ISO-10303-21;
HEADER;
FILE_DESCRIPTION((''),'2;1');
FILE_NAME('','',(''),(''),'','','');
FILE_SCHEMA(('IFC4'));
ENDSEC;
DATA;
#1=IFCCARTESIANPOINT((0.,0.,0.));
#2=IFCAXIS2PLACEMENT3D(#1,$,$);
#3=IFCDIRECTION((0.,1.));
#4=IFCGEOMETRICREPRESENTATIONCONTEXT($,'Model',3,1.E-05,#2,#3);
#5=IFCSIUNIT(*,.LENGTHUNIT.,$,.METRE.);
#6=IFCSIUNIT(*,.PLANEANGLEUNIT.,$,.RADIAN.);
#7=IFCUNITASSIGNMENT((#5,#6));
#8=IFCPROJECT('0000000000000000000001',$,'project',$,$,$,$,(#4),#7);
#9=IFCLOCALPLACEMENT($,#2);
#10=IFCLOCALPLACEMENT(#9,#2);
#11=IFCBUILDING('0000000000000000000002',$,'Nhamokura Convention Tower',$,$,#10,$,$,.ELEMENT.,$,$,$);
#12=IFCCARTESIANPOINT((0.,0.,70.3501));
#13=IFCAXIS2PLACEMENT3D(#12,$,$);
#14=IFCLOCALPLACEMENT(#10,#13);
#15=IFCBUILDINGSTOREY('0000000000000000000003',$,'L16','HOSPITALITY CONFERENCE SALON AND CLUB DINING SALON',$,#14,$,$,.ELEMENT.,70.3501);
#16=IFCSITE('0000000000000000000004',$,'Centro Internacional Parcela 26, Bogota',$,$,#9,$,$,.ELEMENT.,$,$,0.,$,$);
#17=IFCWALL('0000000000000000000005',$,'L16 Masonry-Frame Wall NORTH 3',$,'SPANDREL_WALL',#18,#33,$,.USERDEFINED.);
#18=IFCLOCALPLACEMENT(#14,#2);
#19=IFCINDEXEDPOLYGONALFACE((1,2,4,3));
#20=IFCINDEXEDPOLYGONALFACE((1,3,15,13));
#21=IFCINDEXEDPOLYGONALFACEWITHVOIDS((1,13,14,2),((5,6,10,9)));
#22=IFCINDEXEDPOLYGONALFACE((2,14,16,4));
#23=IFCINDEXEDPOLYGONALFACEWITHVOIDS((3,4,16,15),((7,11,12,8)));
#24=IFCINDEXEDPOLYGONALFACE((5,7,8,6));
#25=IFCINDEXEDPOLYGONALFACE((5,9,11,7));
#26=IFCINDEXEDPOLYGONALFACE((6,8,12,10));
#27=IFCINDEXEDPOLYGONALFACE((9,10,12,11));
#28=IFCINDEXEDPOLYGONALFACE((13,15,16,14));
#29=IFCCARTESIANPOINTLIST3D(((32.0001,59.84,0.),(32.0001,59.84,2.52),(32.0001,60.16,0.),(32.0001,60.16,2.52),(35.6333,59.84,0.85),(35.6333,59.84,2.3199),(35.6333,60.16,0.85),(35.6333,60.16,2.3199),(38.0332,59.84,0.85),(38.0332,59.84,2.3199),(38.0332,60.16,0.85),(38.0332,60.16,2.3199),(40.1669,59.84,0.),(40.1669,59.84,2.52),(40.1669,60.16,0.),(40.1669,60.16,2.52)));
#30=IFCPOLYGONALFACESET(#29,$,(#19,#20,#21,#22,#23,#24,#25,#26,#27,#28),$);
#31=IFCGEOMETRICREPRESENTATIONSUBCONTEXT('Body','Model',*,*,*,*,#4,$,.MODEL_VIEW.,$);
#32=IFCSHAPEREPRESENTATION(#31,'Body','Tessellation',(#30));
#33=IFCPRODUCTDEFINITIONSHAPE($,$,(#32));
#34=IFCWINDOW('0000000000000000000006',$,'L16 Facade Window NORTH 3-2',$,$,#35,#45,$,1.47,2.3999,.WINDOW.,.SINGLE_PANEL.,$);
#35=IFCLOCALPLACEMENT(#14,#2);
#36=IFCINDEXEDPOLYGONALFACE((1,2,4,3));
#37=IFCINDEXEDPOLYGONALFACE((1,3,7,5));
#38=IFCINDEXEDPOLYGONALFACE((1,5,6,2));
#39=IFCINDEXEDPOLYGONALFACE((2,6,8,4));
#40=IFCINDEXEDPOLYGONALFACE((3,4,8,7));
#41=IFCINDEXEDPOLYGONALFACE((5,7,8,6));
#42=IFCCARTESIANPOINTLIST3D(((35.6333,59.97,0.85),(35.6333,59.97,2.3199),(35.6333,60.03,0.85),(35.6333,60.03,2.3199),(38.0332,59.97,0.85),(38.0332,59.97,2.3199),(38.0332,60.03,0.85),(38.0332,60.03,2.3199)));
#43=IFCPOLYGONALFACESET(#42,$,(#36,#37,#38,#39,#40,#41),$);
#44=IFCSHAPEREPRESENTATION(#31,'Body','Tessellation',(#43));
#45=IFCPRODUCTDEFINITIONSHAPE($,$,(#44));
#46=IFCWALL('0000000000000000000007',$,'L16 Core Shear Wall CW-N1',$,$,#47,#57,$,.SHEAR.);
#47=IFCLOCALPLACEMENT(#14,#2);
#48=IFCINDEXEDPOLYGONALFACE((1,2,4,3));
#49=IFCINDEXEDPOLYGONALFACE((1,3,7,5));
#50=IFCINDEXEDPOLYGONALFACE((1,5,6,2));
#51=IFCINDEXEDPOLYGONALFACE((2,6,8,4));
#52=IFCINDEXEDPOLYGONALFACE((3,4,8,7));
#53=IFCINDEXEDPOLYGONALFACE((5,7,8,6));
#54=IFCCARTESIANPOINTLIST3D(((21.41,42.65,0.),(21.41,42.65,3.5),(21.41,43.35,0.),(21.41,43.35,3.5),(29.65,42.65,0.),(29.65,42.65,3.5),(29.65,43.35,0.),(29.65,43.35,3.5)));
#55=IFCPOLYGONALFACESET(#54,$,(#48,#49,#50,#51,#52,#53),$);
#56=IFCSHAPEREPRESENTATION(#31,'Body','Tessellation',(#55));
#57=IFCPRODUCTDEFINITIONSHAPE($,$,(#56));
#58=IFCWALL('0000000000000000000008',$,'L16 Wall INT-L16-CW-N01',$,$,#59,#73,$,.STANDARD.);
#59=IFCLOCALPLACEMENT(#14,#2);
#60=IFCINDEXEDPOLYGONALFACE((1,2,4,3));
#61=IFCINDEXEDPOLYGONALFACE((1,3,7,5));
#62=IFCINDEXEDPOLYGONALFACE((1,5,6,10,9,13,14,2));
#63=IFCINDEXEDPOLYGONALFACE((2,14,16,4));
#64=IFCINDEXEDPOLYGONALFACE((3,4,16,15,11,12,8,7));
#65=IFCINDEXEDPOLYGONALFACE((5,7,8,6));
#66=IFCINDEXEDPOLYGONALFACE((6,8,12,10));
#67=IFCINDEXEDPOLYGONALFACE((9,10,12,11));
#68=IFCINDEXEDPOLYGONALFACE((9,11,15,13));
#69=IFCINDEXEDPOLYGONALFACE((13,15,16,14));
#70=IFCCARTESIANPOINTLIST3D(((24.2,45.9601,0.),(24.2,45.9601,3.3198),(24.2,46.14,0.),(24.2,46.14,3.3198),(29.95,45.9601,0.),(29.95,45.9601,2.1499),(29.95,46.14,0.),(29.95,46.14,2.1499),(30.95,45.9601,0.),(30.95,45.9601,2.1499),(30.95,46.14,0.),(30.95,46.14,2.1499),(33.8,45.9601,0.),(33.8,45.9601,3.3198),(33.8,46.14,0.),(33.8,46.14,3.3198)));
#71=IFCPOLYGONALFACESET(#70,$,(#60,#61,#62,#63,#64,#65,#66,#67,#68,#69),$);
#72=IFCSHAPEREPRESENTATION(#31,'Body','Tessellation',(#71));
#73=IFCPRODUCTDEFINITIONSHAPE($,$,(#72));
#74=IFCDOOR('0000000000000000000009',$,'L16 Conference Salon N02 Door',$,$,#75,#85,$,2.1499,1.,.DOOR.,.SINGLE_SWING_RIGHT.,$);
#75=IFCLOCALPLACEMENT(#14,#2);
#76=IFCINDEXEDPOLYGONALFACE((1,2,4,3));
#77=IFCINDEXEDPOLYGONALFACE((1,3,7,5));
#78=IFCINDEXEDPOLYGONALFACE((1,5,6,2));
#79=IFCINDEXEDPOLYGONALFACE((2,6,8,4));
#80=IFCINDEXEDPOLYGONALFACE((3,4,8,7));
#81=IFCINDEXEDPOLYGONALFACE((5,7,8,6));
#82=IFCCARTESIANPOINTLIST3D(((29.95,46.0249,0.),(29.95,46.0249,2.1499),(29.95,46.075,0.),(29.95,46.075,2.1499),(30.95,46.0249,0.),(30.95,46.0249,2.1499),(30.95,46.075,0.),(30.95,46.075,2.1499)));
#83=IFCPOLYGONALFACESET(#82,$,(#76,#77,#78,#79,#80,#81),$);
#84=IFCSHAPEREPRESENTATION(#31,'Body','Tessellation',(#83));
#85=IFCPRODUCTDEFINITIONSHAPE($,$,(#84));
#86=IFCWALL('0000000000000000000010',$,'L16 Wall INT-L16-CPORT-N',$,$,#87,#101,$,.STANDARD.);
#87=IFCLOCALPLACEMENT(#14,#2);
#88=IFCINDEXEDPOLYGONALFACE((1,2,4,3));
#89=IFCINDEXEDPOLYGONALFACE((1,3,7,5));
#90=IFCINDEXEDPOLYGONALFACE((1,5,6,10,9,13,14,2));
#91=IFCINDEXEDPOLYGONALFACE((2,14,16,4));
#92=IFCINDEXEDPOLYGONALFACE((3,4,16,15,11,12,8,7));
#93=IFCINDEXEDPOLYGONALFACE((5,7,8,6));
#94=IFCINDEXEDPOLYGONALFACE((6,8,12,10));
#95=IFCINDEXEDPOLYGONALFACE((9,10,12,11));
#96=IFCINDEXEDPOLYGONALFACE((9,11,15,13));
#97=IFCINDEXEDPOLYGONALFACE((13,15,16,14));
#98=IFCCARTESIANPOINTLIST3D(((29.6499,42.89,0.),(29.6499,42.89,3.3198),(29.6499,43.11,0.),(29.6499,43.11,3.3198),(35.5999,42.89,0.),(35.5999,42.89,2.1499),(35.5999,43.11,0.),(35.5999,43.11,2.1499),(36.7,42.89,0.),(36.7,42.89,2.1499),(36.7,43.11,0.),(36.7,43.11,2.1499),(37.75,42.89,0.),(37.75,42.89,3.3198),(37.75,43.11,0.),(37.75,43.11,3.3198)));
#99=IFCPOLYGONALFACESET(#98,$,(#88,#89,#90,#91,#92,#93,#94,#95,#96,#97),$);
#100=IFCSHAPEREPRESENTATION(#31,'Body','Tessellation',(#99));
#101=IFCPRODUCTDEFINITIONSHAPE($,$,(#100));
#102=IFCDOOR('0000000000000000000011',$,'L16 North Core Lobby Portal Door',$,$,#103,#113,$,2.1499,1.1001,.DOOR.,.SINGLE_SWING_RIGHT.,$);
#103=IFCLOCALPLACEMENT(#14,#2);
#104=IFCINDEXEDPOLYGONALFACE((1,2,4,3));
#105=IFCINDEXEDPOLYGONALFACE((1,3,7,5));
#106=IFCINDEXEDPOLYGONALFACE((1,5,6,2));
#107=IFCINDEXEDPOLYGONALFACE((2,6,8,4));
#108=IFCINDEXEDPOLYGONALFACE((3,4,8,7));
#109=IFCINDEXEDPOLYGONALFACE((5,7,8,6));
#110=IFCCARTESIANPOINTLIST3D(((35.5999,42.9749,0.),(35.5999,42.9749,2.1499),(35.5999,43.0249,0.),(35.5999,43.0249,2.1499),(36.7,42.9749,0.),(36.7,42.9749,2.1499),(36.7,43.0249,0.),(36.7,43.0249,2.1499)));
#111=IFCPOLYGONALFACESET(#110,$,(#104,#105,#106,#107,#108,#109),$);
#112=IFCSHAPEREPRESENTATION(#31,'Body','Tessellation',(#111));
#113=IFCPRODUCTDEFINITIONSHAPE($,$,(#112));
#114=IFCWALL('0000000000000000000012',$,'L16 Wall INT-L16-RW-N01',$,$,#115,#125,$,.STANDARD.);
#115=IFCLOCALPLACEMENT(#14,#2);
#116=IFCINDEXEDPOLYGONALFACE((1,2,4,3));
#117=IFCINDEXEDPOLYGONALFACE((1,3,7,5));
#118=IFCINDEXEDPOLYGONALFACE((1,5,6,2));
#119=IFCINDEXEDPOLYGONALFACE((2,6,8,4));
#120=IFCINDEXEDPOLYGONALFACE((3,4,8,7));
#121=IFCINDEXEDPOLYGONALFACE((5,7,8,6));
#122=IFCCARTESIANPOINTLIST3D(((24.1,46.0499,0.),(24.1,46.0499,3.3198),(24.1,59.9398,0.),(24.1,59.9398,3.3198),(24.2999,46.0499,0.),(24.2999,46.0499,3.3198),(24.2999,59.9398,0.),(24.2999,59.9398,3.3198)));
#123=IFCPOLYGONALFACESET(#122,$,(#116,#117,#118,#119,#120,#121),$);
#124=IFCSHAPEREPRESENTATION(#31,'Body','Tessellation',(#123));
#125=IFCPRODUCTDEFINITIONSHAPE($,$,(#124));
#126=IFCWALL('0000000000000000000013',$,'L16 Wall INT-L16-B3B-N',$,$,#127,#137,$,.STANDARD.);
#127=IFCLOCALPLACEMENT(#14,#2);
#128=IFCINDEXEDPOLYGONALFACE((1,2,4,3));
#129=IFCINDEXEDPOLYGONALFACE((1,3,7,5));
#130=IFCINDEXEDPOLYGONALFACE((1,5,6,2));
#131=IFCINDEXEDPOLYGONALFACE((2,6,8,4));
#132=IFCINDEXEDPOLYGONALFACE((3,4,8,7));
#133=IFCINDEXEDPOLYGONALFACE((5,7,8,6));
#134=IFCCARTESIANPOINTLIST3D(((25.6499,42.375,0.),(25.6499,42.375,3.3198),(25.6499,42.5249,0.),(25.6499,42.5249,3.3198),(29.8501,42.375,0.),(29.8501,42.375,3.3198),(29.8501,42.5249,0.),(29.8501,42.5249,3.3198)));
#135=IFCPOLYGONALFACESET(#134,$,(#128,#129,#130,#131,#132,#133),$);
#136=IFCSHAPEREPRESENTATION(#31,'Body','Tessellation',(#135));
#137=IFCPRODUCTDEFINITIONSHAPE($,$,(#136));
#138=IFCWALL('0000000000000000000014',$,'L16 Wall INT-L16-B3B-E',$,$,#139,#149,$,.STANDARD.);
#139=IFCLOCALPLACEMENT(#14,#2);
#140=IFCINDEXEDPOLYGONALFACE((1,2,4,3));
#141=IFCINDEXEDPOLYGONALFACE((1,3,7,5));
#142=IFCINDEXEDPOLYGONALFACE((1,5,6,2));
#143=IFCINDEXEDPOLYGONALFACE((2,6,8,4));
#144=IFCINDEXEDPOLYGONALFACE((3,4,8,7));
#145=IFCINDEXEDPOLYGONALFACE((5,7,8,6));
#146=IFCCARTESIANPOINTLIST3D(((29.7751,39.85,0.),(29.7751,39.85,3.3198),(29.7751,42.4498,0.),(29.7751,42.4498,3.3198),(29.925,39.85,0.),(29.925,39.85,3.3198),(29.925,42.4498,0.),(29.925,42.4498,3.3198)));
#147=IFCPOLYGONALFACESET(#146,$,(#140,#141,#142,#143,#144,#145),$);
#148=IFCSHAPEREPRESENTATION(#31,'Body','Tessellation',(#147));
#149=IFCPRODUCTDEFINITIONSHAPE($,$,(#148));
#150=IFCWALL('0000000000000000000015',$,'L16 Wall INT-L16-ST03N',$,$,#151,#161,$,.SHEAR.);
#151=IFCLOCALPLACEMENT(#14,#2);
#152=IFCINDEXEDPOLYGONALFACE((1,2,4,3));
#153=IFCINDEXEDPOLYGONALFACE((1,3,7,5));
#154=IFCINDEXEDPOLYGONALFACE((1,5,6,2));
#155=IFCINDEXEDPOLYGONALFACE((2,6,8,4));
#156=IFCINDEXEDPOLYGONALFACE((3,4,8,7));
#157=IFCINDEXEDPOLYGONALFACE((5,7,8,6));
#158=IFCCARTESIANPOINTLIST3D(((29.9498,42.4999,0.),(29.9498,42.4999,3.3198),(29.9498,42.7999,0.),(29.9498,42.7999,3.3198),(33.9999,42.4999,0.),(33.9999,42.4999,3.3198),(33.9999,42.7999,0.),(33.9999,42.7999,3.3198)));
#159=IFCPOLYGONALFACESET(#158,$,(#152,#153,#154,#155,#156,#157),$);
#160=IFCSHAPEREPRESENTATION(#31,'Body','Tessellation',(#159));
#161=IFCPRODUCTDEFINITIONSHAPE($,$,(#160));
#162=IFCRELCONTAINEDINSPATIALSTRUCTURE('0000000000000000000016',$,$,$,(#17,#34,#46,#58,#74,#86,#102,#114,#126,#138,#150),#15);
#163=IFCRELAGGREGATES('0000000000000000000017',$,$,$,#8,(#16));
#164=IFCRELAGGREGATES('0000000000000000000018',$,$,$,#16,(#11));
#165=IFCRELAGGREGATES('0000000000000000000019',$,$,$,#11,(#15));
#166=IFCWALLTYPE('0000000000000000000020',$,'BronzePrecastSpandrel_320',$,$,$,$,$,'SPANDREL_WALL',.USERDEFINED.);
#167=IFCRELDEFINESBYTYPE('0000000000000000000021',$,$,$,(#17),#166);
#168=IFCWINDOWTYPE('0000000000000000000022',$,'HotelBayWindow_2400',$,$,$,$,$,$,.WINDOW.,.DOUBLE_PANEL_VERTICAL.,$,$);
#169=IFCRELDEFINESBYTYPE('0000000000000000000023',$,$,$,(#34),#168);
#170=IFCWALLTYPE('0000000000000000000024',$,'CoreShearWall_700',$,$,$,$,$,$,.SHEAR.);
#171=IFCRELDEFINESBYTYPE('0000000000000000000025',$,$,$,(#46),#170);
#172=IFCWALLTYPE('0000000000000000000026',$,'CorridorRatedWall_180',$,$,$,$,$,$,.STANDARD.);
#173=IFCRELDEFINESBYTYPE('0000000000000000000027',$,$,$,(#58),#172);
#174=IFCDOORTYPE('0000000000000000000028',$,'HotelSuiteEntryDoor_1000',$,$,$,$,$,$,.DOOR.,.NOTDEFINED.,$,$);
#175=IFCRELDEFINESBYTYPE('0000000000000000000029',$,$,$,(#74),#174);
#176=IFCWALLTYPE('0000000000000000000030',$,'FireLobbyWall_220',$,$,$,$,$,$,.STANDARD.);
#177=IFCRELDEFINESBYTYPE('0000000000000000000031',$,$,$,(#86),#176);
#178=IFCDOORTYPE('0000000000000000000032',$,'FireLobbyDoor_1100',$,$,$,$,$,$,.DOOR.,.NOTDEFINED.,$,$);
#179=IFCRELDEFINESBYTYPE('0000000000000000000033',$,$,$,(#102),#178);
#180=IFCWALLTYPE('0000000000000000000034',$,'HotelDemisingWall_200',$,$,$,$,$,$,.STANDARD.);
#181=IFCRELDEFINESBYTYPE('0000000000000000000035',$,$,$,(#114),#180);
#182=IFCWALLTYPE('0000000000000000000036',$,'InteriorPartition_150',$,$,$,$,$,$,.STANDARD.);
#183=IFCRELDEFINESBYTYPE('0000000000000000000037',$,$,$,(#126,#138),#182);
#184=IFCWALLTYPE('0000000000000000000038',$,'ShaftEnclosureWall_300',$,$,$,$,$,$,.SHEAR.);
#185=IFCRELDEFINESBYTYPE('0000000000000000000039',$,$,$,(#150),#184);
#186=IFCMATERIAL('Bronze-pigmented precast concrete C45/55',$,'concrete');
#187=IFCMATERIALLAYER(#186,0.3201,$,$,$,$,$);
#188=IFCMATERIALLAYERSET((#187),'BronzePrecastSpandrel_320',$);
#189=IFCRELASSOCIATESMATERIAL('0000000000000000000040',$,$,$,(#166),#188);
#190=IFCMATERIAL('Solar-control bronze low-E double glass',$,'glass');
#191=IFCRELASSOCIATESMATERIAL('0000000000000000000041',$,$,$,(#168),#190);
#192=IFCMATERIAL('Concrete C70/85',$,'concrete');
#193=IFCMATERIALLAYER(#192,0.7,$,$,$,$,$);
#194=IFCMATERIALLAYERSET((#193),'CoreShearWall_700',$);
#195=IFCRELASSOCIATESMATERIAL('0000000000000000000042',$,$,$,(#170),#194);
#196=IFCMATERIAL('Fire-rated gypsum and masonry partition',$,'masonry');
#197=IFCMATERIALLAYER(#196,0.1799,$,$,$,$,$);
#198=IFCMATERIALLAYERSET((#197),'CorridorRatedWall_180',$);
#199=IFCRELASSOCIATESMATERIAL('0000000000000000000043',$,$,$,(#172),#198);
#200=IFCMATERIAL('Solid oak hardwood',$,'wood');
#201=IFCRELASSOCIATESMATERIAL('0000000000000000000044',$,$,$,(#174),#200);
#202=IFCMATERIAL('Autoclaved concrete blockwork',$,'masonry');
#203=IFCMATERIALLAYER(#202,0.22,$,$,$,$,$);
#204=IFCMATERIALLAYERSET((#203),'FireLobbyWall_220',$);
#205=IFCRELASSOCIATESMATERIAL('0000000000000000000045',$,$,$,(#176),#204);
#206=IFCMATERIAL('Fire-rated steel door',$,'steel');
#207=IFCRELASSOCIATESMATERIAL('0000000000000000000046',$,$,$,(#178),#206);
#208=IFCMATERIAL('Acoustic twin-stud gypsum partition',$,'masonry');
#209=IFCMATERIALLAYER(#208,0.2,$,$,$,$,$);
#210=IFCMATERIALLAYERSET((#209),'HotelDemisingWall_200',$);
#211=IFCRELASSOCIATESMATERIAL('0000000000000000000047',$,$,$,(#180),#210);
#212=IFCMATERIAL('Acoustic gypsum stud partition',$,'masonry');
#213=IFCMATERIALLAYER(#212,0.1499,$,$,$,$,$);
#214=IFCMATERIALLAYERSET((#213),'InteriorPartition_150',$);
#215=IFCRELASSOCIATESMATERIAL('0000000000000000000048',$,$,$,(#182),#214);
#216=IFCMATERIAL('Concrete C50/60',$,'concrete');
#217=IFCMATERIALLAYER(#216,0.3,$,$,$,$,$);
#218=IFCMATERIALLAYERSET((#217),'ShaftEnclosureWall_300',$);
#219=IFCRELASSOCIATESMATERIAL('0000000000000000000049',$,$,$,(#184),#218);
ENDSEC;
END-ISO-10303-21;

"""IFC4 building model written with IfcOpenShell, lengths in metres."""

from ifc_helpers import new_model, si_unit, direction, frame, frame_2d, origin, place, context, subcontext, project, spatial, rectangle, extrude, material, layer, layer_set, type_object, element, fill, save


model = new_model("IFC4")

# Units and contexts
model_context = context("Model", 3, precision=1e-05, world=origin(), true_north=direction((0.0, 1.0)))
body_context = subcontext(model_context, "Body", "Model", "MODEL_VIEW")
ifc_project = project(units=[si_unit("LENGTHUNIT", "METRE"), si_unit("PLANEANGLEUNIT", "RADIAN")], contexts=[model_context])

# Site, building, storey
site_placement = place(None, origin())
site = spatial("IfcSite", under=ifc_project, at=site_placement, Name="Centro Internacional Parcela 26, Bogota", CompositionType="ELEMENT", RefElevation=0.0)
building_placement = place(site_placement, origin())
building = spatial("IfcBuilding", under=site, at=building_placement, Name="Nhamokura Convention Tower", CompositionType="ELEMENT")
storey_placement = place(building_placement, frame((0.0, 0.0, 70.3501)))
storey = spatial("IfcBuildingStorey", under=building, at=storey_placement, Name="L16", Description="HOSPITALITY CONFERENCE SALON AND CLUB DINING SALON", CompositionType="ELEMENT", Elevation=70.3501)

# Wall, opening, window
ifc_material_1 = material(Name="Bronze-pigmented precast concrete C45/55", Category="concrete")
ifc_layer_1 = layer(ifc_material_1, 0.3201)
ifc_layer_set_1 = layer_set([ifc_layer_1], Name="BronzePrecastSpandrel_320")
wall_type_1 = type_object("IfcWallType", Name="BronzePrecastSpandrel_320", ElementType="SPANDREL_WALL", PredefinedType="USERDEFINED", material=ifc_layer_set_1)
ifc_material_2 = material(Name="Solar-control bronze low-E double glass", Category="glass")
window_type = type_object("IfcWindowType", Name="HotelBayWindow_2400", PartitioningType="DOUBLE_PANEL_VERTICAL", PredefinedType="WINDOW", material=ifc_material_2)
wall_1_placement = place(storey_placement, frame((32.0, 60.0, 0.0), z_axis=(0.0, 0.0, 1.0), x_axis=(1.0, 0.0, 0.0)))
wall_1 = element("IfcWall", 1, at=wall_1_placement, inside=storey, type_object=wall_type_1, Name="L16 Masonry-Frame Wall NORTH 3", ObjectType="SPANDREL_WALL", PredefinedType="USERDEFINED", context=body_context, shape_type="SweptSolid", body=[
    extrude(rectangle(XDim=8.1667, YDim=0.3201, at=frame_2d((4.0835, 0.0))), origin(), (0.0, 0.0, 1.0), 2.52),
])
opening_1_placement = place(wall_1_placement, frame((3.6333, 0.0, 0.8501)))
opening_1 = element("IfcOpeningElement", 2, at=opening_1_placement, cuts=wall_1, PredefinedType="OPENING", context=body_context, shape_type="SweptSolid", body=[
    extrude(rectangle(XDim=2.3999, YDim=1.47, at=frame_2d((1.2, 0.7349))), frame((0.0, 0.1699, 0.0), z_axis=(0.0, -1.0, 0.0), x_axis=(1.0, 0.0, 0.0)), (0.0, 0.0, 1.0), 0.3401),
])
window_1_placement = place(opening_1_placement, origin())
window_1 = element("IfcWindow", 3, at=window_1_placement, inside=storey, type_object=window_type, Name="L16 Facade Window NORTH 3-2", OverallHeight=1.47, OverallWidth=2.3999, PartitioningType="SINGLE_PANEL", PredefinedType="WINDOW", context=body_context, shape_type="SweptSolid", body=[
    extrude(rectangle(XDim=2.3999, YDim=1.47, at=frame_2d((1.2, 0.7349))), frame((0.0, 0.03, 0.0), z_axis=(0.0, -1.0, 0.0), x_axis=(1.0, 0.0, 0.0)), (0.0, 0.0, 1.0), 0.0601),
])
fill(opening_1, window_1)

# Wall
ifc_material_3 = material(Name="Concrete C70/85", Category="concrete")
ifc_layer_2 = layer(ifc_material_3, 0.7)
ifc_layer_set_2 = layer_set([ifc_layer_2], Name="CoreShearWall_700")
wall_type_2 = type_object("IfcWallType", Name="CoreShearWall_700", PredefinedType="SHEAR", material=ifc_layer_set_2)
wall_2_placement = place(storey_placement, frame((21.4099, 43.0, 0.0), z_axis=(0.0, 0.0, 1.0), x_axis=(1.0, 0.0, 0.0)))
element("IfcWall", 4, at=wall_2_placement, inside=storey, type_object=wall_type_2, Name="L16 Core Shear Wall CW-N1", PredefinedType="SHEAR", context=body_context, shape_type="SweptSolid", body=[
    extrude(rectangle(XDim=8.24, YDim=0.7, at=frame_2d((4.1201, 0.0))), origin(), (0.0, 0.0, 1.0), 3.5),
])

# Walls, openings, doors
ifc_material_4 = material(Name="Fire-rated gypsum and masonry partition", Category="masonry")
ifc_layer_3 = layer(ifc_material_4, 0.1799)
ifc_layer_set_3 = layer_set([ifc_layer_3], Name="CorridorRatedWall_180")
wall_type_3 = type_object("IfcWallType", Name="CorridorRatedWall_180", PredefinedType="STANDARD", material=ifc_layer_set_3)
wall_3_placement = place(storey_placement, frame((24.2, 46.05, 0.0), z_axis=(0.0, 0.0, 1.0), x_axis=(1.0, 0.0, 0.0)))
wall_3 = element("IfcWall", 5, at=wall_3_placement, inside=storey, type_object=wall_type_3, Name="L16 Wall INT-L16-CW-N01", PredefinedType="STANDARD", context=body_context, shape_type="SweptSolid", body=[
    extrude(rectangle(XDim=9.6001, YDim=0.1799, at=frame_2d((4.8, 0.0))), origin(), (0.0, 0.0, 1.0), 3.3198),
])
opening_2_placement = place(wall_3_placement, frame((5.75, 0.0, 0.0)))
opening_2 = element("IfcOpeningElement", 6, at=opening_2_placement, cuts=wall_3, PredefinedType="OPENING", context=body_context, shape_type="SweptSolid", body=[
    extrude(rectangle(XDim=1.0, YDim=2.1499, at=frame_2d((0.5, 1.075))), frame((0.0, 0.0999, 0.0), z_axis=(0.0, -1.0, 0.0), x_axis=(1.0, 0.0, 0.0)), (0.0, 0.0, 1.0), 0.2),
])
ifc_material_5 = material(Name="Solid oak hardwood", Category="wood")
door_type_1 = type_object("IfcDoorType", Name="HotelSuiteEntryDoor_1000", OperationType="NOTDEFINED", PredefinedType="DOOR", material=ifc_material_5)
door_1_placement = place(opening_2_placement, origin())
door_1 = element("IfcDoor", 7, at=door_1_placement, inside=storey, type_object=door_type_1, Name="L16 Conference Salon N02 Door", OperationType="SINGLE_SWING_RIGHT", OverallHeight=2.1499, OverallWidth=1.0, PredefinedType="DOOR", context=body_context, shape_type="SweptSolid", body=[
    extrude(rectangle(XDim=1.0, YDim=2.1499, at=frame_2d((0.5, 1.075))), frame((0.0, 0.0249, 0.0), z_axis=(0.0, -1.0, 0.0), x_axis=(1.0, 0.0, 0.0)), (0.0, 0.0, 1.0), 0.05),
])
fill(opening_2, door_1)
ifc_material_6 = material(Name="Autoclaved concrete blockwork", Category="masonry")
ifc_layer_4 = layer(ifc_material_6, 0.22)
ifc_layer_set_4 = layer_set([ifc_layer_4], Name="FireLobbyWall_220")
wall_type_4 = type_object("IfcWallType", Name="FireLobbyWall_220", PredefinedType="STANDARD", material=ifc_layer_set_4)
wall_4_placement = place(storey_placement, frame((29.6499, 43.0, 0.0), z_axis=(0.0, 0.0, 1.0), x_axis=(1.0, 0.0, 0.0)))
wall_4 = element("IfcWall", 8, at=wall_4_placement, inside=storey, type_object=wall_type_4, Name="L16 Wall INT-L16-CPORT-N", PredefinedType="STANDARD", context=body_context, shape_type="SweptSolid", body=[
    extrude(rectangle(XDim=8.1001, YDim=0.22, at=frame_2d((4.05, 0.0))), origin(), (0.0, 0.0, 1.0), 3.3198),
])
opening_3_placement = place(wall_4_placement, frame((5.95, 0.0, 0.0)))
opening_3 = element("IfcOpeningElement", 9, at=opening_3_placement, cuts=wall_4, PredefinedType="OPENING", context=body_context, shape_type="SweptSolid", body=[
    extrude(rectangle(XDim=1.1001, YDim=2.1499, at=frame_2d((0.55, 1.075))), frame((0.0, 0.1199, 0.0), z_axis=(0.0, -1.0, 0.0), x_axis=(1.0, 0.0, 0.0)), (0.0, 0.0, 1.0), 0.24),
])
ifc_material_7 = material(Name="Fire-rated steel door", Category="steel")
door_type_2 = type_object("IfcDoorType", Name="FireLobbyDoor_1100", OperationType="NOTDEFINED", PredefinedType="DOOR", material=ifc_material_7)
door_2_placement = place(opening_3_placement, origin())
door_2 = element("IfcDoor", 10, at=door_2_placement, inside=storey, type_object=door_type_2, Name="L16 North Core Lobby Portal Door", OperationType="SINGLE_SWING_RIGHT", OverallHeight=2.1499, OverallWidth=1.1001, PredefinedType="DOOR", context=body_context, shape_type="SweptSolid", body=[
    extrude(rectangle(XDim=1.1001, YDim=2.1499, at=frame_2d((0.55, 1.075))), frame((0.0, 0.0249, 0.0), z_axis=(0.0, -1.0, 0.0), x_axis=(1.0, 0.0, 0.0)), (0.0, 0.0, 1.0), 0.05),
])
fill(opening_3, door_2)

# Walls
ifc_material_8 = material(Name="Acoustic twin-stud gypsum partition", Category="masonry")
ifc_layer_5 = layer(ifc_material_8, 0.2)
ifc_layer_set_5 = layer_set([ifc_layer_5], Name="HotelDemisingWall_200")
wall_type_5 = type_object("IfcWallType", Name="HotelDemisingWall_200", PredefinedType="STANDARD", material=ifc_layer_set_5)
wall_5_placement = place(storey_placement, frame((24.2, 46.05, 0.0), z_axis=(0.0, 0.0, 1.0), x_axis=(0.0, 1.0, 0.0)))
element("IfcWall", 11, at=wall_5_placement, inside=storey, type_object=wall_type_5, Name="L16 Wall INT-L16-RW-N01", PredefinedType="STANDARD", context=body_context, shape_type="SweptSolid", body=[
    extrude(rectangle(XDim=13.8899, YDim=0.2, at=frame_2d((6.9448, 0.0))), origin(), (0.0, 0.0, 1.0), 3.3198),
])
ifc_material_9 = material(Name="Acoustic gypsum stud partition", Category="masonry")
ifc_layer_6 = layer(ifc_material_9, 0.1499)
ifc_layer_set_6 = layer_set([ifc_layer_6], Name="InteriorPartition_150")
wall_type_6 = type_object("IfcWallType", Name="InteriorPartition_150", PredefinedType="STANDARD", material=ifc_layer_set_6)
wall_6_placement = place(storey_placement, frame((25.6499, 42.45, 0.0), z_axis=(0.0, 0.0, 1.0), x_axis=(1.0, 0.0, 0.0)))
element("IfcWall", 12, at=wall_6_placement, inside=storey, type_object=wall_type_6, Name="L16 Wall INT-L16-B3B-N", PredefinedType="STANDARD", context=body_context, shape_type="SweptSolid", body=[
    extrude(rectangle(XDim=4.2002, YDim=0.1499, at=frame_2d((2.1001, 0.0))), origin(), (0.0, 0.0, 1.0), 3.3198),
])
wall_7_placement = place(storey_placement, frame((29.8501, 39.8501, 0.0), z_axis=(0.0, 0.0, 1.0), x_axis=(0.0, 1.0, 0.0)))
element("IfcWall", 13, at=wall_7_placement, inside=storey, type_object=wall_type_6, Name="L16 Wall INT-L16-B3B-E", PredefinedType="STANDARD", context=body_context, shape_type="SweptSolid", body=[
    extrude(rectangle(XDim=2.5999, YDim=0.1499, at=frame_2d((1.2998, 0.0))), origin(), (0.0, 0.0, 1.0), 3.3198),
])
ifc_material_10 = material(Name="Concrete C50/60", Category="concrete")
ifc_layer_7 = layer(ifc_material_10, 0.3)
ifc_layer_set_7 = layer_set([ifc_layer_7], Name="ShaftEnclosureWall_300")
wall_type_7 = type_object("IfcWallType", Name="ShaftEnclosureWall_300", PredefinedType="SHEAR", material=ifc_layer_set_7)
wall_8_placement = place(storey_placement, frame((29.95, 42.6499, 0.0), z_axis=(0.0, 0.0, 1.0), x_axis=(1.0, 0.0, 0.0)))
element("IfcWall", 14, at=wall_8_placement, inside=storey, type_object=wall_type_7, Name="L16 Wall INT-L16-ST03N", PredefinedType="SHEAR", context=body_context, shape_type="SweptSolid", body=[
    extrude(rectangle(XDim=4.05, YDim=0.3, at=frame_2d((2.0249, 0.0))), origin(), (0.0, 0.0, 1.0), 3.3198),
])

save(model, "model.ifc")
